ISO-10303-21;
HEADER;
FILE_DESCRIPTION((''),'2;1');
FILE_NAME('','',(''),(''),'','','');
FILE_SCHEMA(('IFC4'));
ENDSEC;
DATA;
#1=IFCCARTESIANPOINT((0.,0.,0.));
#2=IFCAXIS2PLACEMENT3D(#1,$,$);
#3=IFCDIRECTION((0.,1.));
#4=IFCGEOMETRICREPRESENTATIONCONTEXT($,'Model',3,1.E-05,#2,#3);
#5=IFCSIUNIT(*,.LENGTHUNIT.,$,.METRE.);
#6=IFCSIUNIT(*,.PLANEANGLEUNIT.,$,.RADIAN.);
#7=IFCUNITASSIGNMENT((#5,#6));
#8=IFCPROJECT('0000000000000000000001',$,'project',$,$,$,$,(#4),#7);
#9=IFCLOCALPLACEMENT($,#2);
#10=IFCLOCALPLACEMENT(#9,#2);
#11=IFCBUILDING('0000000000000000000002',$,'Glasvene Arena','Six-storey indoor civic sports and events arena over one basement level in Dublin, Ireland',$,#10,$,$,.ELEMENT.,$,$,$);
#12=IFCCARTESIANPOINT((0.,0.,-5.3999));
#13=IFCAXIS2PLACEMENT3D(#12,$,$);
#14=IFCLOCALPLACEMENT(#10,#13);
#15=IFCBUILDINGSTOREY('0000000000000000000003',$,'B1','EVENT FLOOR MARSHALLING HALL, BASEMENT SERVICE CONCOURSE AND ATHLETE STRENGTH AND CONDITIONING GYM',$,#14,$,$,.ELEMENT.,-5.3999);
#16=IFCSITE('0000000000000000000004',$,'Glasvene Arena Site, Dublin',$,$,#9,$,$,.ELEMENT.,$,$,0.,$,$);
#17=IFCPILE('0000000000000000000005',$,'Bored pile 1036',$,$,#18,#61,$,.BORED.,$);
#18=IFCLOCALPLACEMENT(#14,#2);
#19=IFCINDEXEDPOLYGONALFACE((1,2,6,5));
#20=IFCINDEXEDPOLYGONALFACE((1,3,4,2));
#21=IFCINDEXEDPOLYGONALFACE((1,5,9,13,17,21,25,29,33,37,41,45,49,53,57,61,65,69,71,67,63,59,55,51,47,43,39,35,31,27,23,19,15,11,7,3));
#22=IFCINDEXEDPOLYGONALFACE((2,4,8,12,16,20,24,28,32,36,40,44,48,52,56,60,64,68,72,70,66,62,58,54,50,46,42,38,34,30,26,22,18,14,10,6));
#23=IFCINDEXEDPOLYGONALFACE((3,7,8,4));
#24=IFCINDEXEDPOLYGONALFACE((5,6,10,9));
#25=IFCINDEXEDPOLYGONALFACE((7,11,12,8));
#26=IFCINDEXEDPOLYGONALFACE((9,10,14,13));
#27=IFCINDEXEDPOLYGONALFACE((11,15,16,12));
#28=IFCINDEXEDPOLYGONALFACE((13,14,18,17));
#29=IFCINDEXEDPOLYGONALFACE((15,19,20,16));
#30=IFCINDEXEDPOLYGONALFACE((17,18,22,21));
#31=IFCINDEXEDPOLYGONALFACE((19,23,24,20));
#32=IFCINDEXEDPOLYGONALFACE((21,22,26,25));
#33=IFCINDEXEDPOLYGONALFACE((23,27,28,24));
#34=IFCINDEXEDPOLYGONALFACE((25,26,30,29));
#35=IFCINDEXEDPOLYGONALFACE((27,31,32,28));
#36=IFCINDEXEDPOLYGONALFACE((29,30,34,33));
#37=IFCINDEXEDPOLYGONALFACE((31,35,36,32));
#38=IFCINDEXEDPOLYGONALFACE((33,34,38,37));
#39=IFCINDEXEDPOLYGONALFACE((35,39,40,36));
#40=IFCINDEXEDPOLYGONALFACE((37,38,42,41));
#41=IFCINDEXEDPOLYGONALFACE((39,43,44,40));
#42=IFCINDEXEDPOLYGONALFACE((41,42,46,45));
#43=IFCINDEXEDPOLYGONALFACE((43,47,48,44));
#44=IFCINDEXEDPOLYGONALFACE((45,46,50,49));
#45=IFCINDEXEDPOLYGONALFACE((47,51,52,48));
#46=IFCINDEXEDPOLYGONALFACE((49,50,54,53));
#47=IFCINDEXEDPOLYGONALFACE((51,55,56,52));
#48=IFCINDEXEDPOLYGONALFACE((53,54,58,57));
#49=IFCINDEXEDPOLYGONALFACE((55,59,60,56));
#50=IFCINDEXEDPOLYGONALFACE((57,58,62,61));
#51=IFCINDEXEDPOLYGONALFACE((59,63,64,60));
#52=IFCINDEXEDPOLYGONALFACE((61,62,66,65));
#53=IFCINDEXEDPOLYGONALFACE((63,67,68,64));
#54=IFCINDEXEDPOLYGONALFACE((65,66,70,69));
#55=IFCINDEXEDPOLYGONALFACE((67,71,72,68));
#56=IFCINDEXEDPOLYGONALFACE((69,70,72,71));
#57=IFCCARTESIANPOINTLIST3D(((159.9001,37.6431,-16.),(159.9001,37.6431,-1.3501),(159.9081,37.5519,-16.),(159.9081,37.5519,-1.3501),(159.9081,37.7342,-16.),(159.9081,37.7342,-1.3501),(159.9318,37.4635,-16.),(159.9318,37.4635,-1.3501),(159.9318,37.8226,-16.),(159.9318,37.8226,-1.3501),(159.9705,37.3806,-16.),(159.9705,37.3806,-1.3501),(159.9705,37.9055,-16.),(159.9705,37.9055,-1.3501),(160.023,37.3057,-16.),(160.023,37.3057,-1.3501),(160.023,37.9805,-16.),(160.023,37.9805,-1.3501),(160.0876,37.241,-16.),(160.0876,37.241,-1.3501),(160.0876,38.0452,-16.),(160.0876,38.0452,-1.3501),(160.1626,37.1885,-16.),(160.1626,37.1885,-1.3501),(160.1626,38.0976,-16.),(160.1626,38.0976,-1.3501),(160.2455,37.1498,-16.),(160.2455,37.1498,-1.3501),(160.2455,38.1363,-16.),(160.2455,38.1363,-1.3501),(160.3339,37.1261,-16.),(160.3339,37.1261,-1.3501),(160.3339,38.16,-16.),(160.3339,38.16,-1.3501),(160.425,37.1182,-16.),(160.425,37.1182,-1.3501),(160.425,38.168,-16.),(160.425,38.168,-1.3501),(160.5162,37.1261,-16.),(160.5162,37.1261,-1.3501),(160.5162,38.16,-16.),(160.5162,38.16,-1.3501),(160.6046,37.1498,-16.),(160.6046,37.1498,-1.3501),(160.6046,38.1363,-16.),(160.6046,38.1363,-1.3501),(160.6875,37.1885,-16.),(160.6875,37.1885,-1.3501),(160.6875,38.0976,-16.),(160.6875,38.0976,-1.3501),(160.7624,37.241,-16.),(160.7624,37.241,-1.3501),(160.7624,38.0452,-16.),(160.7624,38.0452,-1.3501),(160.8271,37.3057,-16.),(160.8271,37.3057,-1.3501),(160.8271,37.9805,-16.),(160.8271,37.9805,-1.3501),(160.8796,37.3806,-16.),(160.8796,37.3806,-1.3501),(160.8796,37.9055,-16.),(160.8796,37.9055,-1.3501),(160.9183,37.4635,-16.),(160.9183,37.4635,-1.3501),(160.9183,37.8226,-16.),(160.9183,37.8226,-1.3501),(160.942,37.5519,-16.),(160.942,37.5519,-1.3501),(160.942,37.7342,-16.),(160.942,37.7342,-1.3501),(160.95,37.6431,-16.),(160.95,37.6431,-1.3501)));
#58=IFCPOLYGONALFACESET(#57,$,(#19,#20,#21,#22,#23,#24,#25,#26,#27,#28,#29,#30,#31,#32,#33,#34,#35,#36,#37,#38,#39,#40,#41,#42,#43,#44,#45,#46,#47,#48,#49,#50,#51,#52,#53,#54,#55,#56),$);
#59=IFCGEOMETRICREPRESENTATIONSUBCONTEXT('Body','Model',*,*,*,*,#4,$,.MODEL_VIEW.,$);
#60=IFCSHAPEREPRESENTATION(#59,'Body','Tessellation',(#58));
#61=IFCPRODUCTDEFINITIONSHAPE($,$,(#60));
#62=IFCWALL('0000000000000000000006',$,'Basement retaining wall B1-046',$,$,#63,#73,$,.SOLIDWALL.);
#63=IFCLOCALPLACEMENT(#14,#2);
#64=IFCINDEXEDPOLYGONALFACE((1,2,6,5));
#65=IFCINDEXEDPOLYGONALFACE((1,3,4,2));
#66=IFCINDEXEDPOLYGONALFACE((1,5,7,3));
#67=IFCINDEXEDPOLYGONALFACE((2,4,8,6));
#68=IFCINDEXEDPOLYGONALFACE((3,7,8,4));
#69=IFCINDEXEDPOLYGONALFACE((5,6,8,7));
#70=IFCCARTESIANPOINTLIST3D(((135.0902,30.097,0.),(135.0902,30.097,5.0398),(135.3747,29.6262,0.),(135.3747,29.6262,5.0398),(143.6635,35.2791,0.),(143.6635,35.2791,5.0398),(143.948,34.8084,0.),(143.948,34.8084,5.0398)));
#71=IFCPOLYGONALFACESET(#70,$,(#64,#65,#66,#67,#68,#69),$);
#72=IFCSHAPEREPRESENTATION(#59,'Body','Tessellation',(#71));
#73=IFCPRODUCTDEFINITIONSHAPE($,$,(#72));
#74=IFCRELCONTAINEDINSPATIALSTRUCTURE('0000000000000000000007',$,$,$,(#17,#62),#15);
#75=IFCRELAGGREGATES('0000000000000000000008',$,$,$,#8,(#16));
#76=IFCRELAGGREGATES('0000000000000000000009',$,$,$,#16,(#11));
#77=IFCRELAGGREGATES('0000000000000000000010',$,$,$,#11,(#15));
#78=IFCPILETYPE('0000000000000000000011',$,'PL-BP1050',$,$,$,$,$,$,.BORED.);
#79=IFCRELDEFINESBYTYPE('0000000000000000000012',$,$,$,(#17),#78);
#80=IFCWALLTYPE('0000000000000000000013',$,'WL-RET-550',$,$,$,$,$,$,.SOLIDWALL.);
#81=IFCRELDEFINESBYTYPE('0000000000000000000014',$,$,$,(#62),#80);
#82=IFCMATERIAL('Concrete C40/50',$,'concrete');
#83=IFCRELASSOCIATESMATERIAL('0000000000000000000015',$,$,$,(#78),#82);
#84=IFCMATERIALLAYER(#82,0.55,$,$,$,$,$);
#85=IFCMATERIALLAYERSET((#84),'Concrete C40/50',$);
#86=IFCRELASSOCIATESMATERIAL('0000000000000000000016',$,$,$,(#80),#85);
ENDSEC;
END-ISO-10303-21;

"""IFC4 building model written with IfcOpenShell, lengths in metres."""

from ifc_helpers import new_model, si_unit, direction, frame, frame_2d, origin, origin_2d, place, context, subcontext, project, spatial, rectangle, circle, extrude, material, layer, layer_set, material_profile, profile_set, type_object, element, save


model = new_model("IFC4")

# Units and contexts
model_context = context("Model", 3, precision=1e-05, world=origin(), true_north=direction((0.0, 1.0)))
body_context = subcontext(model_context, "Body", "Model", "MODEL_VIEW")
ifc_project = project(units=[si_unit("LENGTHUNIT", "METRE"), si_unit("PLANEANGLEUNIT", "RADIAN")], contexts=[model_context])

# Site, building, storey
site_placement = place(None, origin())
site = spatial("IfcSite", under=ifc_project, at=site_placement, Name="Glasvene Arena Site, Dublin", CompositionType="ELEMENT", RefElevation=0.0)
building_placement = place(site_placement, origin())
building = spatial("IfcBuilding", under=site, at=building_placement, Name="Glasvene Arena", Description="Six-storey indoor civic sports and events arena over one basement level in Dublin, Ireland", CompositionType="ELEMENT")
storey_placement = place(building_placement, frame((0.0, 0.0, -5.3999)))
storey = spatial("IfcBuildingStorey", under=building, at=storey_placement, Name="B1", Description="EVENT FLOOR MARSHALLING HALL, BASEMENT SERVICE CONCOURSE AND ATHLETE STRENGTH AND CONDITIONING GYM", CompositionType="ELEMENT", Elevation=-5.3999)

# Pile
ifc_material = material(Name="Concrete C40/50", Category="concrete")
ifc_material_profile = material_profile(ifc_material, circle(Radius=0.5249, at=origin_2d()), Name="BORED PILE 1050")
ifc_profile_set = profile_set([ifc_material_profile], Name="Concrete C40/50")
pile_type = type_object("IfcPileType", Name="PL-BP1050", PredefinedType="BORED", material=ifc_profile_set)
for number, where, z_axis, x_axis, name in (
    (1, (160.425, 37.6431, -1.3501), (0.0, 0.0, -1.0), (1.0, 0.0, 0.0), "Bored pile 1036"),
):
    element("IfcPile", number, at=place(storey_placement, frame(where, z_axis=z_axis, x_axis=x_axis)), inside=storey, type_object=pile_type, Name=name, PredefinedType="BORED", context=body_context, shape_type="SweptSolid", body=[
        extrude(circle(Radius=0.5249, at=origin_2d()), origin(), (0.0, 0.0, 1.0), 14.6499),
    ])

# Wall
ifc_layer = layer(ifc_material, 0.55)
ifc_layer_set = layer_set([ifc_layer], Name="Concrete C40/50")
wall_type = type_object("IfcWallType", Name="WL-RET-550", PredefinedType="SOLIDWALL", material=ifc_layer_set)
wall_placement = place(storey_placement, frame((143.8057, 35.0437, 0.0), z_axis=(0.0, 0.0, 1.0), x_axis=(-0.855807, -0.517296, 0.0)))
element("IfcWall", 2, at=wall_placement, inside=storey, type_object=wall_type, Name="Basement retaining wall B1-046", PredefinedType="SOLIDWALL", context=body_context, shape_type="SweptSolid", body=[
    extrude(rectangle(XDim=10.0178, YDim=0.55, at=frame_2d((5.0088, 0.0))), origin(), (0.0, 0.0, 1.0), 5.0398),
])

save(model, "model.ifc")
